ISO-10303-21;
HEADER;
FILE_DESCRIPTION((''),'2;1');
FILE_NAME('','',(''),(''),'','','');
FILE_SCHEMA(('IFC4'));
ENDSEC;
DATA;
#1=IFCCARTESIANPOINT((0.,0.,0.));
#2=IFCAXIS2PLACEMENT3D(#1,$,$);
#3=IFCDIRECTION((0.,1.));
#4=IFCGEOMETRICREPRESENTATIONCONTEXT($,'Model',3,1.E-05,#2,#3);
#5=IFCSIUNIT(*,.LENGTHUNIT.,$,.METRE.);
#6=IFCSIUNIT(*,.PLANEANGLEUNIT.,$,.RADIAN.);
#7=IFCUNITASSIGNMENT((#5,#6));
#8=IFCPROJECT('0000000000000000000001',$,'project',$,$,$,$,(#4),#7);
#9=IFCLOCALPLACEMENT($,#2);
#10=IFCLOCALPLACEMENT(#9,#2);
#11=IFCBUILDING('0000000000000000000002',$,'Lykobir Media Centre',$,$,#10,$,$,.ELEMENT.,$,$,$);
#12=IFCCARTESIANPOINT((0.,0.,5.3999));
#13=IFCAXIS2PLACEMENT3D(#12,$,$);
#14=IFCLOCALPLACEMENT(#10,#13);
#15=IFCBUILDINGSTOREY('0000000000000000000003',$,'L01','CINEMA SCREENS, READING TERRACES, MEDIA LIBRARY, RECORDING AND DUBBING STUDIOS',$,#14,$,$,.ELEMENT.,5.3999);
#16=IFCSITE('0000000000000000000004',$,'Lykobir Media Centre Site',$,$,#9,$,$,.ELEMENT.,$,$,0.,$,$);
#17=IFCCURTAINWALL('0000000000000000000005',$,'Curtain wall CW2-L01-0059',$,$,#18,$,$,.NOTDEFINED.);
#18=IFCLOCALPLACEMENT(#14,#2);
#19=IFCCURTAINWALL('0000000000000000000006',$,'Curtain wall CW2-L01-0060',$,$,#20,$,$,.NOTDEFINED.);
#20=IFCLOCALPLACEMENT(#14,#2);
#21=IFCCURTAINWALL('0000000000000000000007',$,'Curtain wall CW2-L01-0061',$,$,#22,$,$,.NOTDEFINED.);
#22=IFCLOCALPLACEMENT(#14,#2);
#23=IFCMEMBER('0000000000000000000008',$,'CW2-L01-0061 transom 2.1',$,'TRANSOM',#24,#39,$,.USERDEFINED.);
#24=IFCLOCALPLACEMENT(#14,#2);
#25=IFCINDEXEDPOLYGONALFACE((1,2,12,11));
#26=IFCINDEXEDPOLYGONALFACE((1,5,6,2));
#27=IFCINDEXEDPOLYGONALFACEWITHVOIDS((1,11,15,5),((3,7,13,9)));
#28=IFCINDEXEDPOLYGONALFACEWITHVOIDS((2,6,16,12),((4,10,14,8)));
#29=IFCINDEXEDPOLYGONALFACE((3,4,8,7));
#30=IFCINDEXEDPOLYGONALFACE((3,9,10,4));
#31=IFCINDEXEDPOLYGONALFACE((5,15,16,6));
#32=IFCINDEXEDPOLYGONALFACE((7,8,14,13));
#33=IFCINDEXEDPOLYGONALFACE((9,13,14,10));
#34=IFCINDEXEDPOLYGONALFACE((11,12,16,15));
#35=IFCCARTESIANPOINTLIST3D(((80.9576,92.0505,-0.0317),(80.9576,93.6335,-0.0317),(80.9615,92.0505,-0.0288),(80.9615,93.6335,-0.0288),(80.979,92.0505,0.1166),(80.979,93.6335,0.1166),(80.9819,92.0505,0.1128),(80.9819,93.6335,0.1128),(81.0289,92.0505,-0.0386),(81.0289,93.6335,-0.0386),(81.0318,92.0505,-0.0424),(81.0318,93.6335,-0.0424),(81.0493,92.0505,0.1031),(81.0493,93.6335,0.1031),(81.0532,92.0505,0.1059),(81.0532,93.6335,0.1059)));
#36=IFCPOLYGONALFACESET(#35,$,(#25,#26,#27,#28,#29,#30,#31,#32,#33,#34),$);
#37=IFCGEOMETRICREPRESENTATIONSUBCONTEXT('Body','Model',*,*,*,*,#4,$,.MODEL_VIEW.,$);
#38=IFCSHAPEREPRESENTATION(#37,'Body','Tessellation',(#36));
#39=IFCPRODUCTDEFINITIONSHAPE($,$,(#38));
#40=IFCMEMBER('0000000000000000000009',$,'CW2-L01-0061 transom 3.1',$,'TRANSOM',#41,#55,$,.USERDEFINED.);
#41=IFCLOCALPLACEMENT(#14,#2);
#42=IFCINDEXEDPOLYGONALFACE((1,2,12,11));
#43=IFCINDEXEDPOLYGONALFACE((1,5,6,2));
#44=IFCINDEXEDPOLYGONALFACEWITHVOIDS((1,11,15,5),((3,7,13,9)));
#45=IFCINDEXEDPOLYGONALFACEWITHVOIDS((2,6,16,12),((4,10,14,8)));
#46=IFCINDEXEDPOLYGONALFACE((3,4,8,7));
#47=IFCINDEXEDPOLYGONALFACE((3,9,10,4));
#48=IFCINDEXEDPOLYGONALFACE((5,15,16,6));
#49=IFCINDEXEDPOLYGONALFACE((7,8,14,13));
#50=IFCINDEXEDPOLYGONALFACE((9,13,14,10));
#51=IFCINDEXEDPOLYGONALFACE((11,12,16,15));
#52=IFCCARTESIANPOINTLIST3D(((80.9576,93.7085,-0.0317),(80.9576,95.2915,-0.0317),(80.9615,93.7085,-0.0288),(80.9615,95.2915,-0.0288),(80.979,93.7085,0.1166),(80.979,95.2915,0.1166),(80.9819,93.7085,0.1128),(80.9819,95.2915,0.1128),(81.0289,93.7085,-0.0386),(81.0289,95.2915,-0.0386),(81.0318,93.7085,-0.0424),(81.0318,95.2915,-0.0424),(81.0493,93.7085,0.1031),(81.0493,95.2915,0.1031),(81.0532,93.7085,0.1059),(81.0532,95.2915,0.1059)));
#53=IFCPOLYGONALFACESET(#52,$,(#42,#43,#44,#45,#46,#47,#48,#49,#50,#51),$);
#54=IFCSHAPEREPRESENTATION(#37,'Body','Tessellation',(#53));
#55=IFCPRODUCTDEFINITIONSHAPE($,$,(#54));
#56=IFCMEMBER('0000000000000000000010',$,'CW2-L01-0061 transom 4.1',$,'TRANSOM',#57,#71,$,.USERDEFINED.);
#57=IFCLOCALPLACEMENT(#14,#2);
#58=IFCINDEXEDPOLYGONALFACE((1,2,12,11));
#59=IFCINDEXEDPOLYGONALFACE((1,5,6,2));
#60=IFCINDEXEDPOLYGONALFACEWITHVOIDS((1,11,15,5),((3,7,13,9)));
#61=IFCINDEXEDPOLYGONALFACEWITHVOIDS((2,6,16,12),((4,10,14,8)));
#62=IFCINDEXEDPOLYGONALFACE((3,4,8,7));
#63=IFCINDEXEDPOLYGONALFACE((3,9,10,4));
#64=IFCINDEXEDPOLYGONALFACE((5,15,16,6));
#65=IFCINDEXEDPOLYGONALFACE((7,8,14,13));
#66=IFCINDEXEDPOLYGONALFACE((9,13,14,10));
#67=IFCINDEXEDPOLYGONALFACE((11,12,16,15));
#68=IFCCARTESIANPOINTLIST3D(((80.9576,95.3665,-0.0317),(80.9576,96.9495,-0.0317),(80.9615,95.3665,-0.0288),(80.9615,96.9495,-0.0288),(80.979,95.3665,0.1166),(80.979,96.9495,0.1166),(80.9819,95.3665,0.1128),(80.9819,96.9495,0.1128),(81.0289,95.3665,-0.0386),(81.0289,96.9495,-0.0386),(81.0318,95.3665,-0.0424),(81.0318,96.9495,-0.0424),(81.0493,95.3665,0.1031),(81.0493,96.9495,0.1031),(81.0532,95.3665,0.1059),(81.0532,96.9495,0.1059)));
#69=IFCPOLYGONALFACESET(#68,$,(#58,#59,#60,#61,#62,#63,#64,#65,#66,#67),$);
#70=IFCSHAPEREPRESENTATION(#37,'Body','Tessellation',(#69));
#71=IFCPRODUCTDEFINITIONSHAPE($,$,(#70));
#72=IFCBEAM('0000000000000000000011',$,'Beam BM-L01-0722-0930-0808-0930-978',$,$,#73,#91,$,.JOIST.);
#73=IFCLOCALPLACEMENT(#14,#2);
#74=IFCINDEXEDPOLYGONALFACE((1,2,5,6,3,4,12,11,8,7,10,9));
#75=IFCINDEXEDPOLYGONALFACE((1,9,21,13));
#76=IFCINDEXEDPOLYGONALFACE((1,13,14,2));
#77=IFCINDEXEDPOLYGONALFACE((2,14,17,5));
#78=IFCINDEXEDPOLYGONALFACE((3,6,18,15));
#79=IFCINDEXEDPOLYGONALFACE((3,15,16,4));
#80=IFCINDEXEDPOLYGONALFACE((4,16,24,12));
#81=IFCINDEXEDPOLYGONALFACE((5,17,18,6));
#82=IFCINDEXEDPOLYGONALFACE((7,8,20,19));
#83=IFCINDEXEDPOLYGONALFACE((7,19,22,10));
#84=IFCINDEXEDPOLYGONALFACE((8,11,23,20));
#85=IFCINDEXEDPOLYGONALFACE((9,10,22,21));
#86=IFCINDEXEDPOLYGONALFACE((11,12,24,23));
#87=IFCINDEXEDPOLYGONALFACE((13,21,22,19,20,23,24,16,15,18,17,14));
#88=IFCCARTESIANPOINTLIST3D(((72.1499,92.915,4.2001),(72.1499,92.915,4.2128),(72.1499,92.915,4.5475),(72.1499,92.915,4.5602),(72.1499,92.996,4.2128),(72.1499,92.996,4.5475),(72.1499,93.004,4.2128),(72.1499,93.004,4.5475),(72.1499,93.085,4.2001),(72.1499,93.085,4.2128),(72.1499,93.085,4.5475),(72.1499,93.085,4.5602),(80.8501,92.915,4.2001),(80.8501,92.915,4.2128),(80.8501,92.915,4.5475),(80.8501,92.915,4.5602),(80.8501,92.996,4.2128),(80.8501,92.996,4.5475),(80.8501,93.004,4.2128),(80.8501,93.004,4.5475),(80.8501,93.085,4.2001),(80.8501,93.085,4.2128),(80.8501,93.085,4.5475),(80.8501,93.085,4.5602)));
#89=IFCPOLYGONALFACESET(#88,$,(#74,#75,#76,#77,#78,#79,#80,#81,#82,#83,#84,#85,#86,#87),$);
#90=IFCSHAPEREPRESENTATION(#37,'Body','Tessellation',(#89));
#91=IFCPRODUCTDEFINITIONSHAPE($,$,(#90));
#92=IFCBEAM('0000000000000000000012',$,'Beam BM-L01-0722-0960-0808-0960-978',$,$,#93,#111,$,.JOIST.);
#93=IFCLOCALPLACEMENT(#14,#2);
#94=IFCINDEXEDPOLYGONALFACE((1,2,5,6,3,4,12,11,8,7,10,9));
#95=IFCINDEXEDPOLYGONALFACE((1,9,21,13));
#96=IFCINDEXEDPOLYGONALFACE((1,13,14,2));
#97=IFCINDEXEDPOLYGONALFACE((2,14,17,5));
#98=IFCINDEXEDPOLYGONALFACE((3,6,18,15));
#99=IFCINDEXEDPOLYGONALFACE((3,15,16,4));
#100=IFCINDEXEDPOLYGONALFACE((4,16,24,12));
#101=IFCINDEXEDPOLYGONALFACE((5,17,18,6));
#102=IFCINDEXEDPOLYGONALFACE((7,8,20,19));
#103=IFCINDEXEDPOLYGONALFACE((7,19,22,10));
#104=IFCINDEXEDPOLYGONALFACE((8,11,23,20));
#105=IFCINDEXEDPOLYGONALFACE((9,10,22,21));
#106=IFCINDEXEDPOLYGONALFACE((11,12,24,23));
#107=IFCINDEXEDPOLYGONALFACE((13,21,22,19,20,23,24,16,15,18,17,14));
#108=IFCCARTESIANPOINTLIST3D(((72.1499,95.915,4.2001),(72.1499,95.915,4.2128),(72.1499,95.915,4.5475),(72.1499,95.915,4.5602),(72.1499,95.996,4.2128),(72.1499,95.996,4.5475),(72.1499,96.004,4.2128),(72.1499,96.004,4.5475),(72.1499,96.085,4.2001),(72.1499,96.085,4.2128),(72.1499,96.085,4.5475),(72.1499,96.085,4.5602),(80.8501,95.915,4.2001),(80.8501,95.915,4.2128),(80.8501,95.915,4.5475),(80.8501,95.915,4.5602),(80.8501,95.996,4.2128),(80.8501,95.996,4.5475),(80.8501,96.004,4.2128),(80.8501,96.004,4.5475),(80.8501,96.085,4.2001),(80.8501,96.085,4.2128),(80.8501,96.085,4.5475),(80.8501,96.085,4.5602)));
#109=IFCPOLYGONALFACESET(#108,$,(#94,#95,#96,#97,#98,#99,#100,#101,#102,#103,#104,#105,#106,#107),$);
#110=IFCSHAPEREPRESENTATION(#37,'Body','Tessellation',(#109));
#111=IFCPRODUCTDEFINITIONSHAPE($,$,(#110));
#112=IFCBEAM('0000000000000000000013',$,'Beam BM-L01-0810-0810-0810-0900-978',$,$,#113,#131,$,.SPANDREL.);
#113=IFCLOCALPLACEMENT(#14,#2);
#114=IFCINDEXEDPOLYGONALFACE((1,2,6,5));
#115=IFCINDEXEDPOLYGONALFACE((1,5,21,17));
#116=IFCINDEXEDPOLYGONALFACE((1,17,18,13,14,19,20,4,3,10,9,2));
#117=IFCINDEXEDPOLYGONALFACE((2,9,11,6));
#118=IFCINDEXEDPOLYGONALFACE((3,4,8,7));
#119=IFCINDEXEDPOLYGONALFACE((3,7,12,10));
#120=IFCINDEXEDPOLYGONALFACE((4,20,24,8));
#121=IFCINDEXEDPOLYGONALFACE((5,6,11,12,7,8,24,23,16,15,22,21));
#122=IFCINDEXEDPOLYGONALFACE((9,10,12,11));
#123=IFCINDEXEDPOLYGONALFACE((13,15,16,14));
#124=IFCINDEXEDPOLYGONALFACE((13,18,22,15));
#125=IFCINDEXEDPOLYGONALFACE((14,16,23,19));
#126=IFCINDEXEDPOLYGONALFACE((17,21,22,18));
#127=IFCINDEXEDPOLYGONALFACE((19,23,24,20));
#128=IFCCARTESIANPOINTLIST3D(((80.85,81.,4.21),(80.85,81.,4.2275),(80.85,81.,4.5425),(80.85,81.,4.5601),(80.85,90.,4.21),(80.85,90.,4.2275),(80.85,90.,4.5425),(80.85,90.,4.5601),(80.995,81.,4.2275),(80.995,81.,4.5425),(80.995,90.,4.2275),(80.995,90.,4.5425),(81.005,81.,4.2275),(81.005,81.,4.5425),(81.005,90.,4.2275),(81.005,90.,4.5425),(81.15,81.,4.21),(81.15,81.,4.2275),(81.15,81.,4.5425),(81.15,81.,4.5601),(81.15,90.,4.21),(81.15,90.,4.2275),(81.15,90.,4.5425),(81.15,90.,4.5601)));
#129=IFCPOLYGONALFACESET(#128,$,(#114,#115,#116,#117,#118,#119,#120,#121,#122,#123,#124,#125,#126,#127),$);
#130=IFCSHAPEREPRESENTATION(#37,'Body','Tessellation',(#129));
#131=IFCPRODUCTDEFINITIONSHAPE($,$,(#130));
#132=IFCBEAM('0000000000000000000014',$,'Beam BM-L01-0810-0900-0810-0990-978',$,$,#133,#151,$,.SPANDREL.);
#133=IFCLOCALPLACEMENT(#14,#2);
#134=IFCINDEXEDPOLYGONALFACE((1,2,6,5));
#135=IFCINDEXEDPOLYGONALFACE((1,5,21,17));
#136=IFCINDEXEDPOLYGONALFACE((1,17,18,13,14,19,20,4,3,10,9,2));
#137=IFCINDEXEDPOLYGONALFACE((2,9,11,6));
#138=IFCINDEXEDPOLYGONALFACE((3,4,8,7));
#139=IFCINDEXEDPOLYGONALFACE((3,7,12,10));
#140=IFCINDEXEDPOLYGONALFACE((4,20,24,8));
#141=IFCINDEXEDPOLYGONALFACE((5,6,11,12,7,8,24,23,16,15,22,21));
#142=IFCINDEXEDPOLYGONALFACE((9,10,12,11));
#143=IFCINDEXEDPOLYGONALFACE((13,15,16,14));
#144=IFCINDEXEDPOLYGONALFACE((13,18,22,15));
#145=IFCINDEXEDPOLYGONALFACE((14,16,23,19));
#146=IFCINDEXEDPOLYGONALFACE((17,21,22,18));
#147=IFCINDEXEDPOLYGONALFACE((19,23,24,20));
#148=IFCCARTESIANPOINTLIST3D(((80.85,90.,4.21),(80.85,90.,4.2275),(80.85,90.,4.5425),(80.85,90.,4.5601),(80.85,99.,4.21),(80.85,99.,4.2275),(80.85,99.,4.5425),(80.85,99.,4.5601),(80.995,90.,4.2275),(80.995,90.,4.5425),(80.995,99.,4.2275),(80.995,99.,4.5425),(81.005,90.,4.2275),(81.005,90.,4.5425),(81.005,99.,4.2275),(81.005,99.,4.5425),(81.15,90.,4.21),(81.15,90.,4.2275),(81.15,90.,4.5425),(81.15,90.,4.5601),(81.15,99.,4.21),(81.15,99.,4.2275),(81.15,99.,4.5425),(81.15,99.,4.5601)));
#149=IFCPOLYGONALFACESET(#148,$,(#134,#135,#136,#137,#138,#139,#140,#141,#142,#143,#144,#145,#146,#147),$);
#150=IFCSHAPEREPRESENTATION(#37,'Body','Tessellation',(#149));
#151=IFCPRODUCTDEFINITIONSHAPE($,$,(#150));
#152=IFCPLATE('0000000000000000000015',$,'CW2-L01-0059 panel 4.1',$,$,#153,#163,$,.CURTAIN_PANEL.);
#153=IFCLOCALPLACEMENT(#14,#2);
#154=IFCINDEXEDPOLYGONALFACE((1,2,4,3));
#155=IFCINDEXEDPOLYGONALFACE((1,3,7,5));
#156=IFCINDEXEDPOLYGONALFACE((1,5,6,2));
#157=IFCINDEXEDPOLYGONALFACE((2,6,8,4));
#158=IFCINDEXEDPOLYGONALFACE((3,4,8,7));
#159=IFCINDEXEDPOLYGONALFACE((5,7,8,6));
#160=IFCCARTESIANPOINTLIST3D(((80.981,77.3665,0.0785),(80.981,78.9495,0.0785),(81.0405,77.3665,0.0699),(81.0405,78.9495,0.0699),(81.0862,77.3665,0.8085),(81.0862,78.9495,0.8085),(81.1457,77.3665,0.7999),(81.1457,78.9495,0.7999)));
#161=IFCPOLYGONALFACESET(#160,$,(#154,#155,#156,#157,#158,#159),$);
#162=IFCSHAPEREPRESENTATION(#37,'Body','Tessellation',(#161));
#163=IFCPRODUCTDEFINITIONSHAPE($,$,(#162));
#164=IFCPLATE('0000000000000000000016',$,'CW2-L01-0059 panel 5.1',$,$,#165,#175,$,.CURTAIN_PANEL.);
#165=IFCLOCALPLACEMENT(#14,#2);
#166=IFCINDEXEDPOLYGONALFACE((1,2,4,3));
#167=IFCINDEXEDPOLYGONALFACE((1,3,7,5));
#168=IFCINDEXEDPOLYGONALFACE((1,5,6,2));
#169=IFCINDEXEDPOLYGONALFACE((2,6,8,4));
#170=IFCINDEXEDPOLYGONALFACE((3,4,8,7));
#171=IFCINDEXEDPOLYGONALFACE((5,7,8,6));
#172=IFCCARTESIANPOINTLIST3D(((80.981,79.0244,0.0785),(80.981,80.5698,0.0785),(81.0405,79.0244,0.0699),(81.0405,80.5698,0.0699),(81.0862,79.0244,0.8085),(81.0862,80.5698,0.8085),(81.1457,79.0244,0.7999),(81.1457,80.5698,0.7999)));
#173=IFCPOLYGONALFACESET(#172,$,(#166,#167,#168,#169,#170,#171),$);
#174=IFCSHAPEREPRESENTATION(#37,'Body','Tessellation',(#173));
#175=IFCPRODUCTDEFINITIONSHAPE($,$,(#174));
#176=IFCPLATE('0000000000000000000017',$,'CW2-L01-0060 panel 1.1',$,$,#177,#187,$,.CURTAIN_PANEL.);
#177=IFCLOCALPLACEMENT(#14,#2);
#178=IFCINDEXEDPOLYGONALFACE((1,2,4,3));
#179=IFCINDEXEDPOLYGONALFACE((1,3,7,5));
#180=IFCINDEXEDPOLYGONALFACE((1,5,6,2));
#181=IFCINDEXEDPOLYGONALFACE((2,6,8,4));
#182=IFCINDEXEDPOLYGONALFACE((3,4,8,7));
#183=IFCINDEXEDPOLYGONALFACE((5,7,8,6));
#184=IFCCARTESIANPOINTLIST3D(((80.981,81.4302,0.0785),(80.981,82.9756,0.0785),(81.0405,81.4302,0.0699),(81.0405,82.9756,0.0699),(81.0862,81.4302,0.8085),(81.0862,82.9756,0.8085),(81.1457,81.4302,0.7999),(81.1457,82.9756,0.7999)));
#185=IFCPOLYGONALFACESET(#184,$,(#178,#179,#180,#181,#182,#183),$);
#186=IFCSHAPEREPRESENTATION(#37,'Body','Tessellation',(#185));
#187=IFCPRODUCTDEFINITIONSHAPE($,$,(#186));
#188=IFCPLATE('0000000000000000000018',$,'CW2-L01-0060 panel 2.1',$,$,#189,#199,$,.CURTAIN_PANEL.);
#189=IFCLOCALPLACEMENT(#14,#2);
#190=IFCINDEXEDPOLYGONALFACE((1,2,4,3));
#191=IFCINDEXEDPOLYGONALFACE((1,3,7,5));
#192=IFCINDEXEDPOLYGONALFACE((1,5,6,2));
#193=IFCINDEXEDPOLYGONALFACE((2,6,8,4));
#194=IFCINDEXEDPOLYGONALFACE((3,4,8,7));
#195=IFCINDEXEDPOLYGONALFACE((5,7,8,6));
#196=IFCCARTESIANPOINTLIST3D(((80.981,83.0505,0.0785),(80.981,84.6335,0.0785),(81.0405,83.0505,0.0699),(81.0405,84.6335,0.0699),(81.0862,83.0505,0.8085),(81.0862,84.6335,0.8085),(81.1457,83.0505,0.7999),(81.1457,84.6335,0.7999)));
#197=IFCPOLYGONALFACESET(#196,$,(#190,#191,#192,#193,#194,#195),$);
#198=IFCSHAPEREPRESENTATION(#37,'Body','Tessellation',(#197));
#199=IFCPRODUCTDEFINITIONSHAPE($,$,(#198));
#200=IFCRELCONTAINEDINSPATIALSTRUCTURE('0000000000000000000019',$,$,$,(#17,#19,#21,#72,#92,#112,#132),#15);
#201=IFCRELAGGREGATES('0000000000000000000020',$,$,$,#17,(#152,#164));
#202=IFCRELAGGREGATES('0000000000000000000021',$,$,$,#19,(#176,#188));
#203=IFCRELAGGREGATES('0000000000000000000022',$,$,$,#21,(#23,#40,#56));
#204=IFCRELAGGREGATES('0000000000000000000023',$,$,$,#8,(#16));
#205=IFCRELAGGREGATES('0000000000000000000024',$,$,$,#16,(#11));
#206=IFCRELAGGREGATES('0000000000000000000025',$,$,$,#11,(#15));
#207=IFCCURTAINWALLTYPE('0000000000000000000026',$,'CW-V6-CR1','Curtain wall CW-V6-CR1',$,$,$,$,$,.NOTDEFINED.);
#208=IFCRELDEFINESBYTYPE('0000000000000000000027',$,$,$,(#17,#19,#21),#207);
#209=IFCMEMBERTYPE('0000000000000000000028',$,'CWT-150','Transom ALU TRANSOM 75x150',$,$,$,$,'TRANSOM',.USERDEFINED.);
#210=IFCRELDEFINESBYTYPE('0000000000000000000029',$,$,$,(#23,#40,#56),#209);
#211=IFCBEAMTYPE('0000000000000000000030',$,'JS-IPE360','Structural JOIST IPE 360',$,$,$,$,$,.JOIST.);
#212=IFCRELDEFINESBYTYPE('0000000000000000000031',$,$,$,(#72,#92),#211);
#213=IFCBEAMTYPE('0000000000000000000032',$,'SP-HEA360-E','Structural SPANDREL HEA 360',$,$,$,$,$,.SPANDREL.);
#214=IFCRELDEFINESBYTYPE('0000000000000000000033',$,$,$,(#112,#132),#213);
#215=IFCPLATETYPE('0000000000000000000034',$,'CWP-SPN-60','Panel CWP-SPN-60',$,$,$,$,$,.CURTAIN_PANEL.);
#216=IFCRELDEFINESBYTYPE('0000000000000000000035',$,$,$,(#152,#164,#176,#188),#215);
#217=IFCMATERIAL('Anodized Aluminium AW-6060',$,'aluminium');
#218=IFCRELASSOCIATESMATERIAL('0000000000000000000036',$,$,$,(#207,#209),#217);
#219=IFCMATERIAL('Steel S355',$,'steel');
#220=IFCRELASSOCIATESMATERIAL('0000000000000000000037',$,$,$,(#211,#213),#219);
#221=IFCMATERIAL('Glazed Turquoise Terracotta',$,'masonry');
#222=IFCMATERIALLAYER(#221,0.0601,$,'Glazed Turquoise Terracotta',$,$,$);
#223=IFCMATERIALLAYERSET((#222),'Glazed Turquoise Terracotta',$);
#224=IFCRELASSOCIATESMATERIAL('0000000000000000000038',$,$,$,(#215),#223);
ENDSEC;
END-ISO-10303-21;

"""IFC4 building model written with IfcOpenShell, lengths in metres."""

from ifc_helpers import new_model, si_unit, direction, frame, origin, origin_2d, place, context, subcontext, project, spatial, rectangle, hollow_rectangle, i_section, extrude, material, layer, layer_set, material_profile, profile_set, type_object, element, aggregate, save


model = new_model("IFC4")

# Units and contexts
model_context = context("Model", 3, precision=1e-05, world=origin(), true_north=direction((0.0, 1.0)))
body_context = subcontext(model_context, "Body", "Model", "MODEL_VIEW")
ifc_project = project(units=[si_unit("LENGTHUNIT", "METRE"), si_unit("PLANEANGLEUNIT", "RADIAN")], contexts=[model_context])

# Site, building, storey
site_placement = place(None, origin())
site = spatial("IfcSite", under=ifc_project, at=site_placement, Name="Lykobir Media Centre Site", CompositionType="ELEMENT", RefElevation=0.0)
building_placement = place(site_placement, origin())
building = spatial("IfcBuilding", under=site, at=building_placement, Name="Lykobir Media Centre", CompositionType="ELEMENT")
storey_placement = place(building_placement, frame((0.0, 0.0, 5.3999)))
storey = spatial("IfcBuildingStorey", under=building, at=storey_placement, Name="L01", Description="CINEMA SCREENS, READING TERRACES, MEDIA LIBRARY, RECORDING AND DUBBING STUDIOS", CompositionType="ELEMENT", Elevation=5.3999)

# Shared definitions
ifc_material_1 = material(Name="Steel S355", Category="steel")

# Curtain walls
ifc_material_2 = material(Name="Anodized Aluminium AW-6060", Category="aluminium")
curtain_wall_type = type_object("IfcCurtainWallType", Name="CW-V6-CR1", Description="Curtain wall CW-V6-CR1", PredefinedType="NOTDEFINED", material=ifc_material_2)
curtain_wall_1_placement = place(storey_placement, origin())
curtain_wall_1 = element("IfcCurtainWall", 1, at=curtain_wall_1_placement, inside=storey, type_object=curtain_wall_type, Name="Curtain wall CW2-L01-0059", PredefinedType="NOTDEFINED")
curtain_wall_2_placement = place(storey_placement, origin())
curtain_wall_2 = element("IfcCurtainWall", 2, at=curtain_wall_2_placement, inside=storey, type_object=curtain_wall_type, Name="Curtain wall CW2-L01-0060", PredefinedType="NOTDEFINED")
curtain_wall_3_placement = place(storey_placement, origin())
curtain_wall_3 = element("IfcCurtainWall", 3, at=curtain_wall_3_placement, inside=storey, type_object=curtain_wall_type, Name="Curtain wall CW2-L01-0061", PredefinedType="NOTDEFINED")

# Members
ifc_material_profile_1 = material_profile(ifc_material_2, hollow_rectangle(XDim=0.075, YDim=0.1499, WallThickness=0.0034, at=origin_2d()), Name="ALU TRANSOM 75x150")
ifc_profile_set_1 = profile_set([ifc_material_profile_1], Name="Anodized Aluminium AW-6060")
member_type_1 = type_object("IfcMemberType", Name="CWT-150", Description="Transom ALU TRANSOM 75x150", ElementType="TRANSOM", PredefinedType="USERDEFINED", material=ifc_profile_set_1)
member_1_placement = place(storey_placement, frame((81.0054, 92.0505, 0.0371), z_axis=(0.0, 1.0, 0.0), x_axis=(-0.989776, 0.0, 0.142629)))
member_1 = element("IfcMember", 4, at=member_1_placement, type_object=member_type_1, Name="CW2-L01-0061 transom 2.1", ObjectType="TRANSOM", PredefinedType="USERDEFINED", context=body_context, shape_type="SweptSolid", body=[
    extrude(hollow_rectangle(XDim=0.075, YDim=0.1499, WallThickness=0.0034, at=origin_2d()), origin(), (0.0, 0.0, 1.0), 1.583),
])
member_2_placement = place(storey_placement, frame((81.0054, 93.7085, 0.0371), z_axis=(0.0, 1.0, 0.0), x_axis=(-0.989776, 0.0, 0.142629)))
member_2 = element("IfcMember", 5, at=member_2_placement, type_object=member_type_1, Name="CW2-L01-0061 transom 3.1", ObjectType="TRANSOM", PredefinedType="USERDEFINED", context=body_context, shape_type="SweptSolid", body=[
    extrude(hollow_rectangle(XDim=0.075, YDim=0.1499, WallThickness=0.0034, at=origin_2d()), origin(), (0.0, 0.0, 1.0), 1.583),
])
member_3_placement = place(storey_placement, frame((81.0054, 95.3665, 0.0371), z_axis=(0.0, 1.0, 0.0), x_axis=(-0.989776, 0.0, 0.142629)))
member_3 = element("IfcMember", 6, at=member_3_placement, type_object=member_type_1, Name="CW2-L01-0061 transom 4.1", ObjectType="TRANSOM", PredefinedType="USERDEFINED", context=body_context, shape_type="SweptSolid", body=[
    extrude(hollow_rectangle(XDim=0.075, YDim=0.1499, WallThickness=0.0034, at=origin_2d()), origin(), (0.0, 0.0, 1.0), 1.583),
])

# Beams
ifc_material_profile_2 = material_profile(ifc_material_1, i_section(OverallWidth=0.1699, OverallDepth=0.3601, WebThickness=0.0081, FlangeThickness=0.0127, at=origin_2d()), Name="IPE 360")
ifc_profile_set_2 = profile_set([ifc_material_profile_2], Name="Steel S355")
beam_type_1 = type_object("IfcBeamType", Name="JS-IPE360", Description="Structural JOIST IPE 360", PredefinedType="JOIST", material=ifc_profile_set_2)
for number, where, z_axis, x_axis, name in (
    (7, (72.1499, 93.0, 4.3801), (1.0, 0.0, 0.0), (0.0, 1.0, 0.0), "Beam BM-L01-0722-0930-0808-0930-978"),
    (8, (72.1499, 96.0, 4.3801), (1.0, 0.0, 0.0), (0.0, 1.0, 0.0), "Beam BM-L01-0722-0960-0808-0960-978"),
):
    element("IfcBeam", number, at=place(storey_placement, frame(where, z_axis=z_axis, x_axis=x_axis)), inside=storey, type_object=beam_type_1, Name=name, PredefinedType="JOIST", context=body_context, shape_type="SweptSolid", body=[
        extrude(i_section(OverallWidth=0.1699, OverallDepth=0.3601, WebThickness=0.0081, FlangeThickness=0.0127, at=origin_2d()), origin(), (0.0, 0.0, 1.0), 8.7002),
    ])
ifc_material_profile_3 = material_profile(ifc_material_1, i_section(OverallWidth=0.3, OverallDepth=0.3501, WebThickness=0.01, FlangeThickness=0.0176, at=origin_2d()), Name="HEA 360")
ifc_profile_set_3 = profile_set([ifc_material_profile_3], Name="Steel S355")
beam_type_2 = type_object("IfcBeamType", Name="SP-HEA360-E", Description="Structural SPANDREL HEA 360", PredefinedType="SPANDREL", material=ifc_profile_set_3)
for number, where, z_axis, x_axis, name in (
    (9, (81.0, 81.0, 4.385), (0.0, 1.0, 0.0), (-1.0, 0.0, 0.0), "Beam BM-L01-0810-0810-0810-0900-978"),
    (10, (81.0, 90.0, 4.385), (0.0, 1.0, 0.0), (-1.0, 0.0, 0.0), "Beam BM-L01-0810-0900-0810-0990-978"),
):
    element("IfcBeam", number, at=place(storey_placement, frame(where, z_axis=z_axis, x_axis=x_axis)), inside=storey, type_object=beam_type_2, Name=name, PredefinedType="SPANDREL", context=body_context, shape_type="SweptSolid", body=[
        extrude(i_section(OverallWidth=0.3, OverallDepth=0.3501, WebThickness=0.01, FlangeThickness=0.0176, at=origin_2d()), origin(), (0.0, 0.0, 1.0), 9.0),
    ])

# Plates
ifc_material_3 = material(Name="Glazed Turquoise Terracotta", Category="masonry")
ifc_layer = layer(ifc_material_3, 0.0601, Name="Glazed Turquoise Terracotta")
ifc_layer_set = layer_set([ifc_layer], Name="Glazed Turquoise Terracotta")
plate_type = type_object("IfcPlateType", Name="CWP-SPN-60", Description="Panel CWP-SPN-60", PredefinedType="CURTAIN_PANEL", material=ifc_layer_set)
plate_1_placement = place(storey_placement, frame((81.0107, 78.158, 0.0742), z_axis=(0.142629, 0.0, 0.989776), x_axis=(0.0, 1.0, 0.0)))
plate_1 = element("IfcPlate", 11, at=plate_1_placement, type_object=plate_type, Name="CW2-L01-0059 panel 4.1", PredefinedType="CURTAIN_PANEL", context=body_context, shape_type="SweptSolid", body=[
    extrude(rectangle(XDim=1.583, YDim=0.0601, at=origin_2d()), origin(), (0.0, 0.0, 1.0), 0.7375),
])
plate_2_placement = place(storey_placement, frame((81.0107, 79.7971, 0.0742), z_axis=(0.142629, 0.0, 0.989776), x_axis=(0.0, 1.0, 0.0)))
plate_2 = element("IfcPlate", 12, at=plate_2_placement, type_object=plate_type, Name="CW2-L01-0059 panel 5.1", PredefinedType="CURTAIN_PANEL", context=body_context, shape_type="SweptSolid", body=[
    extrude(rectangle(XDim=1.5454, YDim=0.0601, at=origin_2d()), origin(), (0.0, 0.0, 1.0), 0.7375),
])
aggregate(curtain_wall_1, [plate_1, plate_2])
plate_3_placement = place(storey_placement, frame((81.0107, 82.2029, 0.0742), z_axis=(0.142629, 0.0, 0.989776), x_axis=(0.0, 1.0, 0.0)))
plate_3 = element("IfcPlate", 13, at=plate_3_placement, type_object=plate_type, Name="CW2-L01-0060 panel 1.1", PredefinedType="CURTAIN_PANEL", context=body_context, shape_type="SweptSolid", body=[
    extrude(rectangle(XDim=1.5454, YDim=0.0601, at=origin_2d()), origin(), (0.0, 0.0, 1.0), 0.7375),
])
plate_4_placement = place(storey_placement, frame((81.0107, 83.842, 0.0742), z_axis=(0.142629, 0.0, 0.989776), x_axis=(0.0, 1.0, 0.0)))
plate_4 = element("IfcPlate", 14, at=plate_4_placement, type_object=plate_type, Name="CW2-L01-0060 panel 2.1", PredefinedType="CURTAIN_PANEL", context=body_context, shape_type="SweptSolid", body=[
    extrude(rectangle(XDim=1.583, YDim=0.0601, at=origin_2d()), origin(), (0.0, 0.0, 1.0), 0.7375),
])
aggregate(curtain_wall_2, [plate_3, plate_4])
aggregate(curtain_wall_3, [member_1, member_2, member_3])

save(model, "model.ifc")
